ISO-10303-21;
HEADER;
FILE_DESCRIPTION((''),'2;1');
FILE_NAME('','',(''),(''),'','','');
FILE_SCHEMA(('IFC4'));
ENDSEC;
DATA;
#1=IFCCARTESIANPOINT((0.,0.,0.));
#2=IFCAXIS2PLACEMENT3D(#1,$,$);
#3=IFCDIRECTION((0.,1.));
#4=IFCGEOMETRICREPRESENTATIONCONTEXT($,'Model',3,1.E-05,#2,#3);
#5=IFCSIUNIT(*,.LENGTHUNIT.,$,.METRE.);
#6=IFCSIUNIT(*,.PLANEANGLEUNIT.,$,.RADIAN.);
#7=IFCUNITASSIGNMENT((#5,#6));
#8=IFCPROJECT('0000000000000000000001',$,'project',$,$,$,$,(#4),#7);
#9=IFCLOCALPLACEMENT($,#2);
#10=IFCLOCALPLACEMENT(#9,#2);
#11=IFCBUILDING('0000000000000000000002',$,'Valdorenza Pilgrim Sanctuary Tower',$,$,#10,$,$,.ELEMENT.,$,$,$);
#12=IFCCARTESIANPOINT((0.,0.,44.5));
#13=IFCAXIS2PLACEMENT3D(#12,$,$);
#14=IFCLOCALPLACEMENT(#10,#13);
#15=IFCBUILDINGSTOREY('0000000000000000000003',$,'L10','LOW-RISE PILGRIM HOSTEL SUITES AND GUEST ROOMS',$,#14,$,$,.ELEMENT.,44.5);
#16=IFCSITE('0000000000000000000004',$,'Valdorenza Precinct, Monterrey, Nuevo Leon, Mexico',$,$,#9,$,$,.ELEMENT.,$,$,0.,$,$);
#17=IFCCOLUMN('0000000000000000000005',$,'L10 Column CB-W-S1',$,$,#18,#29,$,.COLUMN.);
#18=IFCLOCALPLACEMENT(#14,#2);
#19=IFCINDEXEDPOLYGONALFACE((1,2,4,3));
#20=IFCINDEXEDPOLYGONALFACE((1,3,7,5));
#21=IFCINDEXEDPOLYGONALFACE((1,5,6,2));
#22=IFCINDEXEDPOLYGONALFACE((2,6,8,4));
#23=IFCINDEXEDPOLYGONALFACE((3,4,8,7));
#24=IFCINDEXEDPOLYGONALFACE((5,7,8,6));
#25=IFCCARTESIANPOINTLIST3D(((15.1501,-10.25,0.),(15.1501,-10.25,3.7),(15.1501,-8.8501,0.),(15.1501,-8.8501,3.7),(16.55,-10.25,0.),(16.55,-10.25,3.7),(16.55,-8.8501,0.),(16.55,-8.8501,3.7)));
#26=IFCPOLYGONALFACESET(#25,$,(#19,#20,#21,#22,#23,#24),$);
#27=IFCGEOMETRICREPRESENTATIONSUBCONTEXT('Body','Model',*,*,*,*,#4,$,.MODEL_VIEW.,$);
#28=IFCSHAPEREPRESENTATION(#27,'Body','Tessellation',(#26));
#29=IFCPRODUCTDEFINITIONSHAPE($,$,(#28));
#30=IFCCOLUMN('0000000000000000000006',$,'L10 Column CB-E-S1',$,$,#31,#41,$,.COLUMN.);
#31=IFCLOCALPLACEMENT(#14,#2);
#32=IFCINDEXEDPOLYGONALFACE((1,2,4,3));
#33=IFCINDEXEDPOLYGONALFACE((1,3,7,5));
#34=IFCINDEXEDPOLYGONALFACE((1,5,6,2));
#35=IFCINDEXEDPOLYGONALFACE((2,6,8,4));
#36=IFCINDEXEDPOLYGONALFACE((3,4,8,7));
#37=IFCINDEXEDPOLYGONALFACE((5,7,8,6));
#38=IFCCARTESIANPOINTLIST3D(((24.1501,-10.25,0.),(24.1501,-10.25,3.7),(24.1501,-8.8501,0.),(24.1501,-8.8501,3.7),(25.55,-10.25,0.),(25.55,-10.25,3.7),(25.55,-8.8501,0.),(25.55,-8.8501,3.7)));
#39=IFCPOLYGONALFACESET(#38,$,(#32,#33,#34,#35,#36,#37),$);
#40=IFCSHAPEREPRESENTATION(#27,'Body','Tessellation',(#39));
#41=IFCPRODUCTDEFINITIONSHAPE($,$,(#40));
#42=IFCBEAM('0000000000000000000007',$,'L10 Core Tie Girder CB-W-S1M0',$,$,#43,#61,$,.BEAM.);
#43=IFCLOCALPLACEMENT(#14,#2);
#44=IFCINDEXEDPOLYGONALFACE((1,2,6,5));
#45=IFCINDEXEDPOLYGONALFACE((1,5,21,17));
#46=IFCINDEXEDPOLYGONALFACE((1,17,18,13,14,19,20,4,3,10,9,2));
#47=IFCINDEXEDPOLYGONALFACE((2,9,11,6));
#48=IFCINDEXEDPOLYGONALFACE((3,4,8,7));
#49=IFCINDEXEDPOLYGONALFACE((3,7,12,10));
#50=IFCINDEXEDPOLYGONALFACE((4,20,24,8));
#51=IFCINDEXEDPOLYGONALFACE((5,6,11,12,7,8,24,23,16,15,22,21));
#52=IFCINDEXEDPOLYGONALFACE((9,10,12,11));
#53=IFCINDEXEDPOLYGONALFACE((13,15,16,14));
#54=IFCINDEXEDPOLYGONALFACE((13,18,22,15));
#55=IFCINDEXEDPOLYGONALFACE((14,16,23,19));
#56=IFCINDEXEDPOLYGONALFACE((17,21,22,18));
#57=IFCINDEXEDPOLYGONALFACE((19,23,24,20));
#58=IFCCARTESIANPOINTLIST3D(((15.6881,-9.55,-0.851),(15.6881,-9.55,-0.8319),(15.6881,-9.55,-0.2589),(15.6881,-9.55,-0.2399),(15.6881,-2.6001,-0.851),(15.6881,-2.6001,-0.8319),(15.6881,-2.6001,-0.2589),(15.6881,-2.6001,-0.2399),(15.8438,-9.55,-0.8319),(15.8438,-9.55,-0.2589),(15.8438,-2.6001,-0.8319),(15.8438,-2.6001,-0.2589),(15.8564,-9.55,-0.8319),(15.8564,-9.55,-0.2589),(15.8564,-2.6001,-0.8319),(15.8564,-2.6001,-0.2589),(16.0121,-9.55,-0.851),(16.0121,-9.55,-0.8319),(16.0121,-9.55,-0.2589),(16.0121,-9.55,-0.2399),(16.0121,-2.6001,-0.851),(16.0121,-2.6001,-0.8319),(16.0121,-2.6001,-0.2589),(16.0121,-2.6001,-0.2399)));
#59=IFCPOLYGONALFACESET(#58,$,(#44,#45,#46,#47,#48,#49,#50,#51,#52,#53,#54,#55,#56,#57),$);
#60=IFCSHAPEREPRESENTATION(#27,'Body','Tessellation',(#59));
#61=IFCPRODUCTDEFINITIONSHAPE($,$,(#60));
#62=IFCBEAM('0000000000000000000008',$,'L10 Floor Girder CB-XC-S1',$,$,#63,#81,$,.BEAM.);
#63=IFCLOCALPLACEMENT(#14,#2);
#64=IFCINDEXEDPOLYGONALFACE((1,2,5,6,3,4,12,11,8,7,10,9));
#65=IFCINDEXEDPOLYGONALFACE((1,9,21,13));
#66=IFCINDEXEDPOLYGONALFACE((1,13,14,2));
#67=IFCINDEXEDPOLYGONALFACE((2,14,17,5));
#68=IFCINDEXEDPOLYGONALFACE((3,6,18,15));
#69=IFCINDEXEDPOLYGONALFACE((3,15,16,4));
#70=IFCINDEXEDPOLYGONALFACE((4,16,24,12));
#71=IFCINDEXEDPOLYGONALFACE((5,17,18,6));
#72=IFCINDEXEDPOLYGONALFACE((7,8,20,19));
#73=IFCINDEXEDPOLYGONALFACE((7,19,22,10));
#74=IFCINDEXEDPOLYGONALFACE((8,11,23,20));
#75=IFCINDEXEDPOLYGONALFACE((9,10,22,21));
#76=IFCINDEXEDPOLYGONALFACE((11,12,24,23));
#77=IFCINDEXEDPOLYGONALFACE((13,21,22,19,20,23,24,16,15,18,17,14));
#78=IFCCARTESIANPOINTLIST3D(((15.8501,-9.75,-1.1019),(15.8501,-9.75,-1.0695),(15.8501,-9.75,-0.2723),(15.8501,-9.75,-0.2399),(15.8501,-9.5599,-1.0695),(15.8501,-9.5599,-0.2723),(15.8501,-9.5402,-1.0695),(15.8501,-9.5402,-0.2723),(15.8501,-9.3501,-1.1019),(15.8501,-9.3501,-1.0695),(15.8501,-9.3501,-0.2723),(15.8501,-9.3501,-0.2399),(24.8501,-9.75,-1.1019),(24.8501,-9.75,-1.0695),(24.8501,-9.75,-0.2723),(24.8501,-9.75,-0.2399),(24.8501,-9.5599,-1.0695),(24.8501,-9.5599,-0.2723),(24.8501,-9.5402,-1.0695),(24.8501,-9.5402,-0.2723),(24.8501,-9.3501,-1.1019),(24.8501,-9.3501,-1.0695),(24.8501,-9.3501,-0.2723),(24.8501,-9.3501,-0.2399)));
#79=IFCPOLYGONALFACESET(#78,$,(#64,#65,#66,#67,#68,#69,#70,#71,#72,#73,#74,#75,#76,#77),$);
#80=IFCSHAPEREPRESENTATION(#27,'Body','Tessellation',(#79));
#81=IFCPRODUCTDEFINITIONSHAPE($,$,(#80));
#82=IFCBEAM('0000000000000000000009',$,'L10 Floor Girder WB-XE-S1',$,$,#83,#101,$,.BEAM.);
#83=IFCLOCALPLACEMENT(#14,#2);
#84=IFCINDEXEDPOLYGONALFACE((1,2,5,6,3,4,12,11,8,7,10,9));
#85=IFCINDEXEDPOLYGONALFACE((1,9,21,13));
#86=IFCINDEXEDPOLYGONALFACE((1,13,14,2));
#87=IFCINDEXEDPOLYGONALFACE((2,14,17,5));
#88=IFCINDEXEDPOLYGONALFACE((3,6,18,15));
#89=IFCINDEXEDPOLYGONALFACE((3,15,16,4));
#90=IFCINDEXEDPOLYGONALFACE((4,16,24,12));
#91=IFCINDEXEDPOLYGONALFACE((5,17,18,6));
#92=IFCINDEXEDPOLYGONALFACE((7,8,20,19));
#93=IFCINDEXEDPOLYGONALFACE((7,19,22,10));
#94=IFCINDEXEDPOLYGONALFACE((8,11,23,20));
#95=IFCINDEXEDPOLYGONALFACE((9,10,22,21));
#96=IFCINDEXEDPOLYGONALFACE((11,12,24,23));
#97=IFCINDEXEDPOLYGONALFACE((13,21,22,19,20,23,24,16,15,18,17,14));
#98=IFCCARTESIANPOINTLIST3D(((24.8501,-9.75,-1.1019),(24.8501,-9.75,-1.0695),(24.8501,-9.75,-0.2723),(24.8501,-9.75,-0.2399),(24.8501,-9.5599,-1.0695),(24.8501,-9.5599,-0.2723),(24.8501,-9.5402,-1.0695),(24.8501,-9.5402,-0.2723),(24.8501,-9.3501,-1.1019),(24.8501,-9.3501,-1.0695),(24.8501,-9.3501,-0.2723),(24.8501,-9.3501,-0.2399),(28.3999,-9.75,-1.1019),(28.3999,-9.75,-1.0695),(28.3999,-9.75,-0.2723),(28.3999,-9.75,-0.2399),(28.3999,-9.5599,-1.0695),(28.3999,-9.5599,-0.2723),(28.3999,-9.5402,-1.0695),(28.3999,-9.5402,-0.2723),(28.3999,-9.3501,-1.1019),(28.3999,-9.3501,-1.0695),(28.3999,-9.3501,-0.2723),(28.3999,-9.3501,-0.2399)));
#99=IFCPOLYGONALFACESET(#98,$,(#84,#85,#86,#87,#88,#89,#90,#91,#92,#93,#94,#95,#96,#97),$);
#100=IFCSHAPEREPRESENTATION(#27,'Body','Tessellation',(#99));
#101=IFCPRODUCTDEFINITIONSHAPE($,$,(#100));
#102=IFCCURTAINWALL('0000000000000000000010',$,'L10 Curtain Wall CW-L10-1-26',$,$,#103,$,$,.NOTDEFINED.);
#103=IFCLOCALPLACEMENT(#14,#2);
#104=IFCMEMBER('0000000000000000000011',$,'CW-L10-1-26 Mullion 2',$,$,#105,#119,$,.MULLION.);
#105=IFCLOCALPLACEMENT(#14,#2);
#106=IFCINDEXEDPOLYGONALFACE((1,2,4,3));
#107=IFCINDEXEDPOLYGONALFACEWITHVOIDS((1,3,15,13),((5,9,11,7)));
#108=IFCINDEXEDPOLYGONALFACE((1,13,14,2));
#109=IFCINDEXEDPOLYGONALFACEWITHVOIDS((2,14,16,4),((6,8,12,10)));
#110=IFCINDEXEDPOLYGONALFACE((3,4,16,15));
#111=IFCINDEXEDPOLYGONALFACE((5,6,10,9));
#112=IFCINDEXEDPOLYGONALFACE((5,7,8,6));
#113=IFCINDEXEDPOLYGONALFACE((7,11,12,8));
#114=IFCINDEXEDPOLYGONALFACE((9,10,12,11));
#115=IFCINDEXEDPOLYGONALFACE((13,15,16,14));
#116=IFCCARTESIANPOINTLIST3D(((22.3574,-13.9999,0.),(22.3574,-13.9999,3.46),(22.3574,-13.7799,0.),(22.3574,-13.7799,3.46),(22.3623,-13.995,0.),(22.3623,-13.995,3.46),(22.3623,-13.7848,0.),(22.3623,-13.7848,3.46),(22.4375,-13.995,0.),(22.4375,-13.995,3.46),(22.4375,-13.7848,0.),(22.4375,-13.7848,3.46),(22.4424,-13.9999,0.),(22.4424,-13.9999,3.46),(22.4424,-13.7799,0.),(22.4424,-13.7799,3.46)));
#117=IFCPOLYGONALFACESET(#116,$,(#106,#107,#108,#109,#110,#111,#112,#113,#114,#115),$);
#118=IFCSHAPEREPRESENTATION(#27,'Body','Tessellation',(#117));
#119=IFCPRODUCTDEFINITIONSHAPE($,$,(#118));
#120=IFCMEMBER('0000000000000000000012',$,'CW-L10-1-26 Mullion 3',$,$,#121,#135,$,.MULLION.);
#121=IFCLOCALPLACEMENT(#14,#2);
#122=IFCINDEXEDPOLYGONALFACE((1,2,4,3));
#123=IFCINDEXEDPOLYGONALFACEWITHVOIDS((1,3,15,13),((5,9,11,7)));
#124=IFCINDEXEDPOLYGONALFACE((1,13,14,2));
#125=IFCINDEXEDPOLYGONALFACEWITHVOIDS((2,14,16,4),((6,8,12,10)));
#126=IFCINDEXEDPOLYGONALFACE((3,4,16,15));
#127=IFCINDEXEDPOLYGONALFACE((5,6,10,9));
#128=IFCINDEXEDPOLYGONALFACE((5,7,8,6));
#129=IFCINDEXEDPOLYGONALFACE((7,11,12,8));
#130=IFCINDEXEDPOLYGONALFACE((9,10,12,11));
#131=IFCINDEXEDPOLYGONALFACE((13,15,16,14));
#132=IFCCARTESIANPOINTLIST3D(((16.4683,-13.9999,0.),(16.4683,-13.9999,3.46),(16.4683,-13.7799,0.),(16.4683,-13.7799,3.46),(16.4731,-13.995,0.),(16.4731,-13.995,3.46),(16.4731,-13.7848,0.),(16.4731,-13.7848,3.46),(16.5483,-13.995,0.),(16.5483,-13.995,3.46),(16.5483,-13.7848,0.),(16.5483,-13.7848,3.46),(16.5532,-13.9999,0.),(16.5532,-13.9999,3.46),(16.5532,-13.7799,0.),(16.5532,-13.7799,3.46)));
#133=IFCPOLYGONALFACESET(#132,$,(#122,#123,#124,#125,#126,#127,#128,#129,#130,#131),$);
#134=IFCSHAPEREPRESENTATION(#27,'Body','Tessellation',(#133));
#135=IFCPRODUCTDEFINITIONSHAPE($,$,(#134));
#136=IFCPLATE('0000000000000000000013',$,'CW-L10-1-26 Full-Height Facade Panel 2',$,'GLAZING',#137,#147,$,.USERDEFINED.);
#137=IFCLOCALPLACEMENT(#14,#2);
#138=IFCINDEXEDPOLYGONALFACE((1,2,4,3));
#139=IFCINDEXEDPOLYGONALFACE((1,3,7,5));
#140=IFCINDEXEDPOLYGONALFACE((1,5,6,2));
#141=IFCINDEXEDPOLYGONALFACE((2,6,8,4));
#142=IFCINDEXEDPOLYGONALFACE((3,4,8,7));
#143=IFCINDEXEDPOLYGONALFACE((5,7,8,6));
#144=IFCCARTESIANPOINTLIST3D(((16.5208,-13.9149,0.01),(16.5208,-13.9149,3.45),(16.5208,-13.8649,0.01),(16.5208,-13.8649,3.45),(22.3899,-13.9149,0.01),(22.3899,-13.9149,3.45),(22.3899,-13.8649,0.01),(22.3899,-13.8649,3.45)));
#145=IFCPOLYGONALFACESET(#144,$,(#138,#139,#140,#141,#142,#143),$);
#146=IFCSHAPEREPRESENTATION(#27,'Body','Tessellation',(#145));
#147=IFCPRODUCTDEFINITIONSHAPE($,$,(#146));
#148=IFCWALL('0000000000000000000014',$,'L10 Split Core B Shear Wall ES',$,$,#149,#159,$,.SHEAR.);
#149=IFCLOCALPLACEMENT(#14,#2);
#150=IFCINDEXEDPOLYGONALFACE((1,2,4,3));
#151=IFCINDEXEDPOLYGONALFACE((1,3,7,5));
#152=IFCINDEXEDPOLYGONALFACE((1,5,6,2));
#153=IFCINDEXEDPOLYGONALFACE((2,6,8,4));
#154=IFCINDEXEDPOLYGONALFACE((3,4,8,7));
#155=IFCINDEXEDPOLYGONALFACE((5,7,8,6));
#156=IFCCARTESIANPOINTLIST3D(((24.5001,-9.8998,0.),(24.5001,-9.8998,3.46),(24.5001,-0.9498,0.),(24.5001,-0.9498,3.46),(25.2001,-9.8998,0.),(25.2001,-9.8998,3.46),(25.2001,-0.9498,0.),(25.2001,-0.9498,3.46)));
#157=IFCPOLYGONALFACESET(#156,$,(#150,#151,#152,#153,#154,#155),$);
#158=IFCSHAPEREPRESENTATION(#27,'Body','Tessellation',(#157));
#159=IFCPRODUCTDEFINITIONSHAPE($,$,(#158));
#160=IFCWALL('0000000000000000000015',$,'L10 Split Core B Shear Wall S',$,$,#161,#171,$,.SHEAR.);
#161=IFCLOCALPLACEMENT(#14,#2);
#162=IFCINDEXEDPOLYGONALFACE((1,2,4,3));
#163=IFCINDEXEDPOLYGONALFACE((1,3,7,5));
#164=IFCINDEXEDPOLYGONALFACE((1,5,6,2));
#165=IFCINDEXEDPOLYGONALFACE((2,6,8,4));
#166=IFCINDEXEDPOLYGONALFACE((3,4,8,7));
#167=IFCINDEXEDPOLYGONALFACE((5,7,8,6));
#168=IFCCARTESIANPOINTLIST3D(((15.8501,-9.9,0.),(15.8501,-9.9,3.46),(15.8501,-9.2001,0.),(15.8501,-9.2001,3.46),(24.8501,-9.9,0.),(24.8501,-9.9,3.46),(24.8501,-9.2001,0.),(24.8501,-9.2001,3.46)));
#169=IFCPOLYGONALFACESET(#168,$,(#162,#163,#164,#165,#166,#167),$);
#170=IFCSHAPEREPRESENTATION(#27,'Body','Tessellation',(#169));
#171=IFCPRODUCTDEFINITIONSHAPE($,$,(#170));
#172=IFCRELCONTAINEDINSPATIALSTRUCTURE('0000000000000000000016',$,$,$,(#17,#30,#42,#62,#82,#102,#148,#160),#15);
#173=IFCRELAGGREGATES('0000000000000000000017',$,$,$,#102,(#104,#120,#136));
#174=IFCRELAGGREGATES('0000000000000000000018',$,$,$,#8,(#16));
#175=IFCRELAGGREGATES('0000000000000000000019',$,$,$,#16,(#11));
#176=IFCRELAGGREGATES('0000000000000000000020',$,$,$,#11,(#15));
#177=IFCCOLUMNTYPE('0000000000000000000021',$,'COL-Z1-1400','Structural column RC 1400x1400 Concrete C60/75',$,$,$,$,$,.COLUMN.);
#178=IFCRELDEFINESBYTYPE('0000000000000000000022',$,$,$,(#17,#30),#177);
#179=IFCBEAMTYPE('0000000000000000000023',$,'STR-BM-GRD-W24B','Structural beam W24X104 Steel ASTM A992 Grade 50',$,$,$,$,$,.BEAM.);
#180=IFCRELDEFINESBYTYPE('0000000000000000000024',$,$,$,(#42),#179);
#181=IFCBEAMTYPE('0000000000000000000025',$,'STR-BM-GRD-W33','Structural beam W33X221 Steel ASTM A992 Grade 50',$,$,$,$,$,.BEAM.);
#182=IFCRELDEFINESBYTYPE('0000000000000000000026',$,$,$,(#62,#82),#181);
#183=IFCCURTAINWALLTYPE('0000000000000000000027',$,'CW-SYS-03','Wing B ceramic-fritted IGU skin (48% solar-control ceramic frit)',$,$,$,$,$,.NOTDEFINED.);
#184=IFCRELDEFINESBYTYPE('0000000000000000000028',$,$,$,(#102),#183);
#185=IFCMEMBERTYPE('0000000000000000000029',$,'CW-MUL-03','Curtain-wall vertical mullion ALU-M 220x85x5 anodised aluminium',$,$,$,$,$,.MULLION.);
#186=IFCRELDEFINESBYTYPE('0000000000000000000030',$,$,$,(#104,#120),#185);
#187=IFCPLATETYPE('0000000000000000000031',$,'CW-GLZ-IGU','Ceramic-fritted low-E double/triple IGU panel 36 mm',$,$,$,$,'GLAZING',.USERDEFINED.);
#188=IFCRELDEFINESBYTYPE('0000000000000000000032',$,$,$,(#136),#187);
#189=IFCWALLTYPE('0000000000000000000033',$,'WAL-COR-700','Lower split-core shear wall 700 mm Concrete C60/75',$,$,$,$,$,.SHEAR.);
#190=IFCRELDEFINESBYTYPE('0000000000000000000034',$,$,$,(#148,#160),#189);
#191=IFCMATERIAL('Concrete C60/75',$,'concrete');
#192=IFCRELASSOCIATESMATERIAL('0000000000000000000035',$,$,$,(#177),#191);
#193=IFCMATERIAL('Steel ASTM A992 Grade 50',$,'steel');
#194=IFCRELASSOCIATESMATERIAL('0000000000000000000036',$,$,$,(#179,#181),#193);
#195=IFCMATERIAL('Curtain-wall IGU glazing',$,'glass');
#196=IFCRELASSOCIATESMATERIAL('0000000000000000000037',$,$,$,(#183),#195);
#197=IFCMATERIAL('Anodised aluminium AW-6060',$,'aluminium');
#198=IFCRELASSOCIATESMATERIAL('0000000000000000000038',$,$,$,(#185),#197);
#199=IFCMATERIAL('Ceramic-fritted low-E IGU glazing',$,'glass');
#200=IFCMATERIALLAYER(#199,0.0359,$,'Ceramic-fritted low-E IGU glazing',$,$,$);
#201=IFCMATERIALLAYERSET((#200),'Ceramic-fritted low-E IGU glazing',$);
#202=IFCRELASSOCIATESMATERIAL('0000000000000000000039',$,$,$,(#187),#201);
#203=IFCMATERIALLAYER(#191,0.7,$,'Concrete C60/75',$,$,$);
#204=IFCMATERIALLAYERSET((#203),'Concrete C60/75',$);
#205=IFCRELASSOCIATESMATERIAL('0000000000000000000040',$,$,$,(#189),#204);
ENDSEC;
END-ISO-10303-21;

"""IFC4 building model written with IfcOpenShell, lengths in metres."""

from ifc_helpers import new_model, si_unit, direction, frame, frame_2d, origin, origin_2d, place, context, subcontext, project, spatial, rectangle, hollow_rectangle, i_section, extrude, source, transform, mapped, material, layer, layer_set, material_profile, profile_set, type_object, element, aggregate, save


model = new_model("IFC4")

# Units and contexts
model_context = context("Model", 3, precision=1e-05, world=origin(), true_north=direction((0.0, 1.0)))
body_context = subcontext(model_context, "Body", "Model", "MODEL_VIEW")
ifc_project = project(units=[si_unit("LENGTHUNIT", "METRE"), si_unit("PLANEANGLEUNIT", "RADIAN")], contexts=[model_context])

# Site, building, storey
site_placement = place(None, origin())
site = spatial("IfcSite", under=ifc_project, at=site_placement, Name="Valdorenza Precinct, Monterrey, Nuevo Leon, Mexico", CompositionType="ELEMENT", RefElevation=0.0)
building_placement = place(site_placement, origin())
building = spatial("IfcBuilding", under=site, at=building_placement, Name="Valdorenza Pilgrim Sanctuary Tower", CompositionType="ELEMENT")
storey_placement = place(building_placement, frame((0.0, 0.0, 44.5)))
storey = spatial("IfcBuildingStorey", under=building, at=storey_placement, Name="L10", Description="LOW-RISE PILGRIM HOSTEL SUITES AND GUEST ROOMS", CompositionType="ELEMENT", Elevation=44.5)

# Columns
ifc_material_1 = material(Name="Concrete C60/75", Category="concrete")
ifc_material_profile_1 = material_profile(ifc_material_1, rectangle(XDim=1.3999, YDim=1.3999, at=origin_2d()), Name="RC 1400x1400")
ifc_profile_set_1 = profile_set([ifc_material_profile_1], Name="Concrete C60/75")
column_type = type_object("IfcColumnType", Name="COL-Z1-1400", Description="Structural column RC 1400x1400 Concrete C60/75", PredefinedType="COLUMN", material=ifc_profile_set_1)
shared_shape_1 = source(origin(), body_context, "Body", "SweptSolid", [
    extrude(rectangle(XDim=1.3999, YDim=1.3999, at=origin_2d()), origin(), (0.0, 0.0, 1.0), 3.7),
])
for number, where, z_axis, x_axis, name in (
    (1, (15.8501, -9.55, 0.0), (0.0, 0.0, 1.0), (1.0, 0.0, 0.0), "L10 Column CB-W-S1"),
    (2, (24.8501, -9.55, 0.0), (0.0, 0.0, 1.0), (1.0, 0.0, 0.0), "L10 Column CB-E-S1"),
):
    element("IfcColumn", number, at=place(storey_placement, frame(where, z_axis=z_axis, x_axis=x_axis)), inside=storey, type_object=column_type, Name=name, PredefinedType="COLUMN", context=body_context, shape_type="MappedRepresentation", body=[
        mapped(shared_shape_1, transform((0.0, 0.0, 0.0), x_axis=(1.0, 0.0, 0.0), y_axis=(0.0, 1.0, 0.0), z_axis=(0.0, 0.0, 1.0), scale=1.0)),
    ])

# Beams
ifc_material_2 = material(Name="Steel ASTM A992 Grade 50", Category="steel")
ifc_material_profile_2 = material_profile(ifc_material_2, i_section(OverallWidth=0.324, OverallDepth=0.6111, WebThickness=0.0127, FlangeThickness=0.019, at=origin_2d()), Name="W24X104")
ifc_profile_set_2 = profile_set([ifc_material_profile_2], Name="Steel ASTM A992 Grade 50")
beam_type_1 = type_object("IfcBeamType", Name="STR-BM-GRD-W24B", Description="Structural beam W24X104 Steel ASTM A992 Grade 50", PredefinedType="BEAM", material=ifc_profile_set_2)
shared_shape_2 = source(origin(), body_context, "Body", "SweptSolid", [
    extrude(i_section(OverallWidth=0.324, OverallDepth=0.6111, WebThickness=0.0127, FlangeThickness=0.019, at=origin_2d()), origin(), (0.0, 0.0, 1.0), 6.95),
])
beam_1_placement = place(storey_placement, frame((15.8501, -9.55, -0.5454), z_axis=(0.0, 1.0, 0.0), x_axis=(-1.0, 0.0, 0.0)))
element("IfcBeam", 3, at=beam_1_placement, inside=storey, type_object=beam_type_1, Name="L10 Core Tie Girder CB-W-S1M0", PredefinedType="BEAM", context=body_context, shape_type="MappedRepresentation", body=[
    mapped(shared_shape_2, transform((0.0, 0.0, 0.0), x_axis=(1.0, 0.0, 0.0), y_axis=(0.0, 1.0, 0.0), z_axis=(0.0, 0.0, 1.0), scale=1.0)),
])
ifc_material_profile_3 = material_profile(ifc_material_2, i_section(OverallWidth=0.3999, OverallDepth=0.8621, WebThickness=0.0198, FlangeThickness=0.0325, at=origin_2d()), Name="W33X221")
ifc_profile_set_3 = profile_set([ifc_material_profile_3], Name="Steel ASTM A992 Grade 50")
beam_type_2 = type_object("IfcBeamType", Name="STR-BM-GRD-W33", Description="Structural beam W33X221 Steel ASTM A992 Grade 50", PredefinedType="BEAM", material=ifc_profile_set_3)
shared_shape_3 = source(origin(), body_context, "Body", "SweptSolid", [
    extrude(i_section(OverallWidth=0.3999, OverallDepth=0.8621, WebThickness=0.0198, FlangeThickness=0.0325, at=origin_2d()), origin(), (0.0, 0.0, 1.0), 9.0),
])
beam_2_placement = place(storey_placement, frame((15.8501, -9.55, -0.6709), z_axis=(1.0, 0.0, 0.0), x_axis=(0.0, 1.0, 0.0)))
element("IfcBeam", 4, at=beam_2_placement, inside=storey, type_object=beam_type_2, Name="L10 Floor Girder CB-XC-S1", PredefinedType="BEAM", context=body_context, shape_type="MappedRepresentation", body=[
    mapped(shared_shape_3, transform((0.0, 0.0, 0.0), x_axis=(1.0, 0.0, 0.0), y_axis=(0.0, 1.0, 0.0), z_axis=(0.0, 0.0, 1.0), scale=1.0)),
])
shared_shape_4 = source(origin(), body_context, "Body", "SweptSolid", [
    extrude(i_section(OverallWidth=0.3999, OverallDepth=0.8621, WebThickness=0.0198, FlangeThickness=0.0325, at=origin_2d()), origin(), (0.0, 0.0, 1.0), 3.5498),
])
beam_3_placement = place(storey_placement, frame((24.8501, -9.55, -0.6709), z_axis=(1.0, 0.0, 0.0), x_axis=(0.0, 1.0, 0.0)))
element("IfcBeam", 5, at=beam_3_placement, inside=storey, type_object=beam_type_2, Name="L10 Floor Girder WB-XE-S1", PredefinedType="BEAM", context=body_context, shape_type="MappedRepresentation", body=[
    mapped(shared_shape_4, transform((0.0, 0.0, 0.0), x_axis=(1.0, 0.0, 0.0), y_axis=(0.0, 1.0, 0.0), z_axis=(0.0, 0.0, 1.0), scale=1.0)),
])

# Curtain wall, members, plate
ifc_material_3 = material(Name="Curtain-wall IGU glazing", Category="glass")
curtain_wall_type = type_object("IfcCurtainWallType", Name="CW-SYS-03", Description="Wing B ceramic-fritted IGU skin (48% solar-control ceramic frit)", PredefinedType="NOTDEFINED", material=ifc_material_3)
curtain_wall_placement = place(storey_placement, origin())
curtain_wall = element("IfcCurtainWall", 6, at=curtain_wall_placement, inside=storey, type_object=curtain_wall_type, Name="L10 Curtain Wall CW-L10-1-26", PredefinedType="NOTDEFINED")
ifc_material_4 = material(Name="Anodised aluminium AW-6060", Category="aluminium")
ifc_material_profile_4 = material_profile(ifc_material_4, hollow_rectangle(XDim=0.085, YDim=0.22, WallThickness=0.0049, at=origin_2d()), Name="ALU-M 220x85x5")
ifc_profile_set_4 = profile_set([ifc_material_profile_4], Name="Anodised aluminium AW-6060")
member_type = type_object("IfcMemberType", Name="CW-MUL-03", Description="Curtain-wall vertical mullion ALU-M 220x85x5 anodised aluminium", PredefinedType="MULLION", material=ifc_profile_set_4)
shared_shape_5 = source(origin(), body_context, "Body", "SweptSolid", [
    extrude(hollow_rectangle(XDim=0.085, YDim=0.22, WallThickness=0.0049, at=origin_2d()), origin(), (0.0, 0.0, 1.0), 3.46),
])
member_1_placement = place(storey_placement, frame((22.3999, -13.8899, 0.0), z_axis=(0.0, 0.0, 1.0), x_axis=(-1.0, 0.0, 0.0)))
member_1 = element("IfcMember", 7, at=member_1_placement, type_object=member_type, Name="CW-L10-1-26 Mullion 2", PredefinedType="MULLION", context=body_context, shape_type="MappedRepresentation", body=[
    mapped(shared_shape_5, transform((0.0, 0.0, 0.0), x_axis=(1.0, 0.0, 0.0), y_axis=(0.0, 1.0, 0.0), z_axis=(0.0, 0.0, 1.0), scale=1.0)),
])
member_2_placement = place(storey_placement, frame((16.5107, -13.8899, 0.0), z_axis=(0.0, 0.0, 1.0), x_axis=(-1.0, 0.0, 0.0)))
member_2 = element("IfcMember", 8, at=member_2_placement, type_object=member_type, Name="CW-L10-1-26 Mullion 3", PredefinedType="MULLION", context=body_context, shape_type="MappedRepresentation", body=[
    mapped(shared_shape_5, transform((0.0, 0.0, 0.0), x_axis=(1.0, 0.0, 0.0), y_axis=(0.0, 1.0, 0.0), z_axis=(0.0, 0.0, 1.0), scale=1.0)),
])
ifc_material_5 = material(Name="Ceramic-fritted low-E IGU glazing", Category="glass")
ifc_layer_1 = layer(ifc_material_5, 0.0359, Name="Ceramic-fritted low-E IGU glazing")
ifc_layer_set_1 = layer_set([ifc_layer_1], Name="Ceramic-fritted low-E IGU glazing")
plate_type = type_object("IfcPlateType", Name="CW-GLZ-IGU", Description="Ceramic-fritted low-E double/triple IGU panel 36 mm", ElementType="GLAZING", PredefinedType="USERDEFINED", material=ifc_layer_set_1)
shared_shape_6 = source(origin(), body_context, "Body", "SweptSolid", [
    extrude(rectangle(XDim=5.8691, YDim=0.05, at=origin_2d()), origin(), (0.0, 0.0, 1.0), 3.4399),
])
plate_placement = place(storey_placement, frame((19.4553, -13.8899, 0.01), z_axis=(0.0, 0.0, 1.0), x_axis=(-1.0, 0.0, 0.0)))
plate = element("IfcPlate", 9, at=plate_placement, type_object=plate_type, Name="CW-L10-1-26 Full-Height Facade Panel 2", ObjectType="GLAZING", PredefinedType="USERDEFINED", context=body_context, shape_type="MappedRepresentation", body=[
    mapped(shared_shape_6, transform((0.0, 0.0, 0.0), x_axis=(1.0, 0.0, 0.0), y_axis=(0.0, 1.0, 0.0), z_axis=(0.0, 0.0, 1.0), scale=1.0)),
])
aggregate(curtain_wall, [member_1, member_2, plate])

# Walls
ifc_layer_2 = layer(ifc_material_1, 0.7, Name="Concrete C60/75")
ifc_layer_set_2 = layer_set([ifc_layer_2], Name="Concrete C60/75")
wall_type_1 = type_object("IfcWallType", Name="WAL-COR-700", Description="Lower split-core shear wall 700 mm Concrete C60/75", PredefinedType="SHEAR", material=ifc_layer_set_2)
wall_1_placement = place(storey_placement, frame((24.8501, -9.8999, 0.0), z_axis=(0.0, 0.0, 1.0), x_axis=(0.0, 1.0, 0.0)))
element("IfcWall", 10, at=wall_1_placement, inside=storey, type_object=wall_type_1, Name="L10 Split Core B Shear Wall ES", PredefinedType="SHEAR", context=body_context, shape_type="SweptSolid", body=[
    extrude(rectangle(XDim=8.95, YDim=0.7, at=frame_2d((4.4751, 0.0))), origin(), (0.0, 0.0, 1.0), 3.46),
])
wall_2_placement = place(storey_placement, frame((15.8501, -9.55, 0.0), z_axis=(0.0, 0.0, 1.0), x_axis=(1.0, 0.0, 0.0)))
element("IfcWall", 11, at=wall_2_placement, inside=storey, type_object=wall_type_1, Name="L10 Split Core B Shear Wall S", PredefinedType="SHEAR", context=body_context, shape_type="SweptSolid", body=[
    extrude(rectangle(XDim=9.0, YDim=0.7, at=frame_2d((4.5, 0.0))), origin(), (0.0, 0.0, 1.0), 3.46),
])

save(model, "model.ifc")
